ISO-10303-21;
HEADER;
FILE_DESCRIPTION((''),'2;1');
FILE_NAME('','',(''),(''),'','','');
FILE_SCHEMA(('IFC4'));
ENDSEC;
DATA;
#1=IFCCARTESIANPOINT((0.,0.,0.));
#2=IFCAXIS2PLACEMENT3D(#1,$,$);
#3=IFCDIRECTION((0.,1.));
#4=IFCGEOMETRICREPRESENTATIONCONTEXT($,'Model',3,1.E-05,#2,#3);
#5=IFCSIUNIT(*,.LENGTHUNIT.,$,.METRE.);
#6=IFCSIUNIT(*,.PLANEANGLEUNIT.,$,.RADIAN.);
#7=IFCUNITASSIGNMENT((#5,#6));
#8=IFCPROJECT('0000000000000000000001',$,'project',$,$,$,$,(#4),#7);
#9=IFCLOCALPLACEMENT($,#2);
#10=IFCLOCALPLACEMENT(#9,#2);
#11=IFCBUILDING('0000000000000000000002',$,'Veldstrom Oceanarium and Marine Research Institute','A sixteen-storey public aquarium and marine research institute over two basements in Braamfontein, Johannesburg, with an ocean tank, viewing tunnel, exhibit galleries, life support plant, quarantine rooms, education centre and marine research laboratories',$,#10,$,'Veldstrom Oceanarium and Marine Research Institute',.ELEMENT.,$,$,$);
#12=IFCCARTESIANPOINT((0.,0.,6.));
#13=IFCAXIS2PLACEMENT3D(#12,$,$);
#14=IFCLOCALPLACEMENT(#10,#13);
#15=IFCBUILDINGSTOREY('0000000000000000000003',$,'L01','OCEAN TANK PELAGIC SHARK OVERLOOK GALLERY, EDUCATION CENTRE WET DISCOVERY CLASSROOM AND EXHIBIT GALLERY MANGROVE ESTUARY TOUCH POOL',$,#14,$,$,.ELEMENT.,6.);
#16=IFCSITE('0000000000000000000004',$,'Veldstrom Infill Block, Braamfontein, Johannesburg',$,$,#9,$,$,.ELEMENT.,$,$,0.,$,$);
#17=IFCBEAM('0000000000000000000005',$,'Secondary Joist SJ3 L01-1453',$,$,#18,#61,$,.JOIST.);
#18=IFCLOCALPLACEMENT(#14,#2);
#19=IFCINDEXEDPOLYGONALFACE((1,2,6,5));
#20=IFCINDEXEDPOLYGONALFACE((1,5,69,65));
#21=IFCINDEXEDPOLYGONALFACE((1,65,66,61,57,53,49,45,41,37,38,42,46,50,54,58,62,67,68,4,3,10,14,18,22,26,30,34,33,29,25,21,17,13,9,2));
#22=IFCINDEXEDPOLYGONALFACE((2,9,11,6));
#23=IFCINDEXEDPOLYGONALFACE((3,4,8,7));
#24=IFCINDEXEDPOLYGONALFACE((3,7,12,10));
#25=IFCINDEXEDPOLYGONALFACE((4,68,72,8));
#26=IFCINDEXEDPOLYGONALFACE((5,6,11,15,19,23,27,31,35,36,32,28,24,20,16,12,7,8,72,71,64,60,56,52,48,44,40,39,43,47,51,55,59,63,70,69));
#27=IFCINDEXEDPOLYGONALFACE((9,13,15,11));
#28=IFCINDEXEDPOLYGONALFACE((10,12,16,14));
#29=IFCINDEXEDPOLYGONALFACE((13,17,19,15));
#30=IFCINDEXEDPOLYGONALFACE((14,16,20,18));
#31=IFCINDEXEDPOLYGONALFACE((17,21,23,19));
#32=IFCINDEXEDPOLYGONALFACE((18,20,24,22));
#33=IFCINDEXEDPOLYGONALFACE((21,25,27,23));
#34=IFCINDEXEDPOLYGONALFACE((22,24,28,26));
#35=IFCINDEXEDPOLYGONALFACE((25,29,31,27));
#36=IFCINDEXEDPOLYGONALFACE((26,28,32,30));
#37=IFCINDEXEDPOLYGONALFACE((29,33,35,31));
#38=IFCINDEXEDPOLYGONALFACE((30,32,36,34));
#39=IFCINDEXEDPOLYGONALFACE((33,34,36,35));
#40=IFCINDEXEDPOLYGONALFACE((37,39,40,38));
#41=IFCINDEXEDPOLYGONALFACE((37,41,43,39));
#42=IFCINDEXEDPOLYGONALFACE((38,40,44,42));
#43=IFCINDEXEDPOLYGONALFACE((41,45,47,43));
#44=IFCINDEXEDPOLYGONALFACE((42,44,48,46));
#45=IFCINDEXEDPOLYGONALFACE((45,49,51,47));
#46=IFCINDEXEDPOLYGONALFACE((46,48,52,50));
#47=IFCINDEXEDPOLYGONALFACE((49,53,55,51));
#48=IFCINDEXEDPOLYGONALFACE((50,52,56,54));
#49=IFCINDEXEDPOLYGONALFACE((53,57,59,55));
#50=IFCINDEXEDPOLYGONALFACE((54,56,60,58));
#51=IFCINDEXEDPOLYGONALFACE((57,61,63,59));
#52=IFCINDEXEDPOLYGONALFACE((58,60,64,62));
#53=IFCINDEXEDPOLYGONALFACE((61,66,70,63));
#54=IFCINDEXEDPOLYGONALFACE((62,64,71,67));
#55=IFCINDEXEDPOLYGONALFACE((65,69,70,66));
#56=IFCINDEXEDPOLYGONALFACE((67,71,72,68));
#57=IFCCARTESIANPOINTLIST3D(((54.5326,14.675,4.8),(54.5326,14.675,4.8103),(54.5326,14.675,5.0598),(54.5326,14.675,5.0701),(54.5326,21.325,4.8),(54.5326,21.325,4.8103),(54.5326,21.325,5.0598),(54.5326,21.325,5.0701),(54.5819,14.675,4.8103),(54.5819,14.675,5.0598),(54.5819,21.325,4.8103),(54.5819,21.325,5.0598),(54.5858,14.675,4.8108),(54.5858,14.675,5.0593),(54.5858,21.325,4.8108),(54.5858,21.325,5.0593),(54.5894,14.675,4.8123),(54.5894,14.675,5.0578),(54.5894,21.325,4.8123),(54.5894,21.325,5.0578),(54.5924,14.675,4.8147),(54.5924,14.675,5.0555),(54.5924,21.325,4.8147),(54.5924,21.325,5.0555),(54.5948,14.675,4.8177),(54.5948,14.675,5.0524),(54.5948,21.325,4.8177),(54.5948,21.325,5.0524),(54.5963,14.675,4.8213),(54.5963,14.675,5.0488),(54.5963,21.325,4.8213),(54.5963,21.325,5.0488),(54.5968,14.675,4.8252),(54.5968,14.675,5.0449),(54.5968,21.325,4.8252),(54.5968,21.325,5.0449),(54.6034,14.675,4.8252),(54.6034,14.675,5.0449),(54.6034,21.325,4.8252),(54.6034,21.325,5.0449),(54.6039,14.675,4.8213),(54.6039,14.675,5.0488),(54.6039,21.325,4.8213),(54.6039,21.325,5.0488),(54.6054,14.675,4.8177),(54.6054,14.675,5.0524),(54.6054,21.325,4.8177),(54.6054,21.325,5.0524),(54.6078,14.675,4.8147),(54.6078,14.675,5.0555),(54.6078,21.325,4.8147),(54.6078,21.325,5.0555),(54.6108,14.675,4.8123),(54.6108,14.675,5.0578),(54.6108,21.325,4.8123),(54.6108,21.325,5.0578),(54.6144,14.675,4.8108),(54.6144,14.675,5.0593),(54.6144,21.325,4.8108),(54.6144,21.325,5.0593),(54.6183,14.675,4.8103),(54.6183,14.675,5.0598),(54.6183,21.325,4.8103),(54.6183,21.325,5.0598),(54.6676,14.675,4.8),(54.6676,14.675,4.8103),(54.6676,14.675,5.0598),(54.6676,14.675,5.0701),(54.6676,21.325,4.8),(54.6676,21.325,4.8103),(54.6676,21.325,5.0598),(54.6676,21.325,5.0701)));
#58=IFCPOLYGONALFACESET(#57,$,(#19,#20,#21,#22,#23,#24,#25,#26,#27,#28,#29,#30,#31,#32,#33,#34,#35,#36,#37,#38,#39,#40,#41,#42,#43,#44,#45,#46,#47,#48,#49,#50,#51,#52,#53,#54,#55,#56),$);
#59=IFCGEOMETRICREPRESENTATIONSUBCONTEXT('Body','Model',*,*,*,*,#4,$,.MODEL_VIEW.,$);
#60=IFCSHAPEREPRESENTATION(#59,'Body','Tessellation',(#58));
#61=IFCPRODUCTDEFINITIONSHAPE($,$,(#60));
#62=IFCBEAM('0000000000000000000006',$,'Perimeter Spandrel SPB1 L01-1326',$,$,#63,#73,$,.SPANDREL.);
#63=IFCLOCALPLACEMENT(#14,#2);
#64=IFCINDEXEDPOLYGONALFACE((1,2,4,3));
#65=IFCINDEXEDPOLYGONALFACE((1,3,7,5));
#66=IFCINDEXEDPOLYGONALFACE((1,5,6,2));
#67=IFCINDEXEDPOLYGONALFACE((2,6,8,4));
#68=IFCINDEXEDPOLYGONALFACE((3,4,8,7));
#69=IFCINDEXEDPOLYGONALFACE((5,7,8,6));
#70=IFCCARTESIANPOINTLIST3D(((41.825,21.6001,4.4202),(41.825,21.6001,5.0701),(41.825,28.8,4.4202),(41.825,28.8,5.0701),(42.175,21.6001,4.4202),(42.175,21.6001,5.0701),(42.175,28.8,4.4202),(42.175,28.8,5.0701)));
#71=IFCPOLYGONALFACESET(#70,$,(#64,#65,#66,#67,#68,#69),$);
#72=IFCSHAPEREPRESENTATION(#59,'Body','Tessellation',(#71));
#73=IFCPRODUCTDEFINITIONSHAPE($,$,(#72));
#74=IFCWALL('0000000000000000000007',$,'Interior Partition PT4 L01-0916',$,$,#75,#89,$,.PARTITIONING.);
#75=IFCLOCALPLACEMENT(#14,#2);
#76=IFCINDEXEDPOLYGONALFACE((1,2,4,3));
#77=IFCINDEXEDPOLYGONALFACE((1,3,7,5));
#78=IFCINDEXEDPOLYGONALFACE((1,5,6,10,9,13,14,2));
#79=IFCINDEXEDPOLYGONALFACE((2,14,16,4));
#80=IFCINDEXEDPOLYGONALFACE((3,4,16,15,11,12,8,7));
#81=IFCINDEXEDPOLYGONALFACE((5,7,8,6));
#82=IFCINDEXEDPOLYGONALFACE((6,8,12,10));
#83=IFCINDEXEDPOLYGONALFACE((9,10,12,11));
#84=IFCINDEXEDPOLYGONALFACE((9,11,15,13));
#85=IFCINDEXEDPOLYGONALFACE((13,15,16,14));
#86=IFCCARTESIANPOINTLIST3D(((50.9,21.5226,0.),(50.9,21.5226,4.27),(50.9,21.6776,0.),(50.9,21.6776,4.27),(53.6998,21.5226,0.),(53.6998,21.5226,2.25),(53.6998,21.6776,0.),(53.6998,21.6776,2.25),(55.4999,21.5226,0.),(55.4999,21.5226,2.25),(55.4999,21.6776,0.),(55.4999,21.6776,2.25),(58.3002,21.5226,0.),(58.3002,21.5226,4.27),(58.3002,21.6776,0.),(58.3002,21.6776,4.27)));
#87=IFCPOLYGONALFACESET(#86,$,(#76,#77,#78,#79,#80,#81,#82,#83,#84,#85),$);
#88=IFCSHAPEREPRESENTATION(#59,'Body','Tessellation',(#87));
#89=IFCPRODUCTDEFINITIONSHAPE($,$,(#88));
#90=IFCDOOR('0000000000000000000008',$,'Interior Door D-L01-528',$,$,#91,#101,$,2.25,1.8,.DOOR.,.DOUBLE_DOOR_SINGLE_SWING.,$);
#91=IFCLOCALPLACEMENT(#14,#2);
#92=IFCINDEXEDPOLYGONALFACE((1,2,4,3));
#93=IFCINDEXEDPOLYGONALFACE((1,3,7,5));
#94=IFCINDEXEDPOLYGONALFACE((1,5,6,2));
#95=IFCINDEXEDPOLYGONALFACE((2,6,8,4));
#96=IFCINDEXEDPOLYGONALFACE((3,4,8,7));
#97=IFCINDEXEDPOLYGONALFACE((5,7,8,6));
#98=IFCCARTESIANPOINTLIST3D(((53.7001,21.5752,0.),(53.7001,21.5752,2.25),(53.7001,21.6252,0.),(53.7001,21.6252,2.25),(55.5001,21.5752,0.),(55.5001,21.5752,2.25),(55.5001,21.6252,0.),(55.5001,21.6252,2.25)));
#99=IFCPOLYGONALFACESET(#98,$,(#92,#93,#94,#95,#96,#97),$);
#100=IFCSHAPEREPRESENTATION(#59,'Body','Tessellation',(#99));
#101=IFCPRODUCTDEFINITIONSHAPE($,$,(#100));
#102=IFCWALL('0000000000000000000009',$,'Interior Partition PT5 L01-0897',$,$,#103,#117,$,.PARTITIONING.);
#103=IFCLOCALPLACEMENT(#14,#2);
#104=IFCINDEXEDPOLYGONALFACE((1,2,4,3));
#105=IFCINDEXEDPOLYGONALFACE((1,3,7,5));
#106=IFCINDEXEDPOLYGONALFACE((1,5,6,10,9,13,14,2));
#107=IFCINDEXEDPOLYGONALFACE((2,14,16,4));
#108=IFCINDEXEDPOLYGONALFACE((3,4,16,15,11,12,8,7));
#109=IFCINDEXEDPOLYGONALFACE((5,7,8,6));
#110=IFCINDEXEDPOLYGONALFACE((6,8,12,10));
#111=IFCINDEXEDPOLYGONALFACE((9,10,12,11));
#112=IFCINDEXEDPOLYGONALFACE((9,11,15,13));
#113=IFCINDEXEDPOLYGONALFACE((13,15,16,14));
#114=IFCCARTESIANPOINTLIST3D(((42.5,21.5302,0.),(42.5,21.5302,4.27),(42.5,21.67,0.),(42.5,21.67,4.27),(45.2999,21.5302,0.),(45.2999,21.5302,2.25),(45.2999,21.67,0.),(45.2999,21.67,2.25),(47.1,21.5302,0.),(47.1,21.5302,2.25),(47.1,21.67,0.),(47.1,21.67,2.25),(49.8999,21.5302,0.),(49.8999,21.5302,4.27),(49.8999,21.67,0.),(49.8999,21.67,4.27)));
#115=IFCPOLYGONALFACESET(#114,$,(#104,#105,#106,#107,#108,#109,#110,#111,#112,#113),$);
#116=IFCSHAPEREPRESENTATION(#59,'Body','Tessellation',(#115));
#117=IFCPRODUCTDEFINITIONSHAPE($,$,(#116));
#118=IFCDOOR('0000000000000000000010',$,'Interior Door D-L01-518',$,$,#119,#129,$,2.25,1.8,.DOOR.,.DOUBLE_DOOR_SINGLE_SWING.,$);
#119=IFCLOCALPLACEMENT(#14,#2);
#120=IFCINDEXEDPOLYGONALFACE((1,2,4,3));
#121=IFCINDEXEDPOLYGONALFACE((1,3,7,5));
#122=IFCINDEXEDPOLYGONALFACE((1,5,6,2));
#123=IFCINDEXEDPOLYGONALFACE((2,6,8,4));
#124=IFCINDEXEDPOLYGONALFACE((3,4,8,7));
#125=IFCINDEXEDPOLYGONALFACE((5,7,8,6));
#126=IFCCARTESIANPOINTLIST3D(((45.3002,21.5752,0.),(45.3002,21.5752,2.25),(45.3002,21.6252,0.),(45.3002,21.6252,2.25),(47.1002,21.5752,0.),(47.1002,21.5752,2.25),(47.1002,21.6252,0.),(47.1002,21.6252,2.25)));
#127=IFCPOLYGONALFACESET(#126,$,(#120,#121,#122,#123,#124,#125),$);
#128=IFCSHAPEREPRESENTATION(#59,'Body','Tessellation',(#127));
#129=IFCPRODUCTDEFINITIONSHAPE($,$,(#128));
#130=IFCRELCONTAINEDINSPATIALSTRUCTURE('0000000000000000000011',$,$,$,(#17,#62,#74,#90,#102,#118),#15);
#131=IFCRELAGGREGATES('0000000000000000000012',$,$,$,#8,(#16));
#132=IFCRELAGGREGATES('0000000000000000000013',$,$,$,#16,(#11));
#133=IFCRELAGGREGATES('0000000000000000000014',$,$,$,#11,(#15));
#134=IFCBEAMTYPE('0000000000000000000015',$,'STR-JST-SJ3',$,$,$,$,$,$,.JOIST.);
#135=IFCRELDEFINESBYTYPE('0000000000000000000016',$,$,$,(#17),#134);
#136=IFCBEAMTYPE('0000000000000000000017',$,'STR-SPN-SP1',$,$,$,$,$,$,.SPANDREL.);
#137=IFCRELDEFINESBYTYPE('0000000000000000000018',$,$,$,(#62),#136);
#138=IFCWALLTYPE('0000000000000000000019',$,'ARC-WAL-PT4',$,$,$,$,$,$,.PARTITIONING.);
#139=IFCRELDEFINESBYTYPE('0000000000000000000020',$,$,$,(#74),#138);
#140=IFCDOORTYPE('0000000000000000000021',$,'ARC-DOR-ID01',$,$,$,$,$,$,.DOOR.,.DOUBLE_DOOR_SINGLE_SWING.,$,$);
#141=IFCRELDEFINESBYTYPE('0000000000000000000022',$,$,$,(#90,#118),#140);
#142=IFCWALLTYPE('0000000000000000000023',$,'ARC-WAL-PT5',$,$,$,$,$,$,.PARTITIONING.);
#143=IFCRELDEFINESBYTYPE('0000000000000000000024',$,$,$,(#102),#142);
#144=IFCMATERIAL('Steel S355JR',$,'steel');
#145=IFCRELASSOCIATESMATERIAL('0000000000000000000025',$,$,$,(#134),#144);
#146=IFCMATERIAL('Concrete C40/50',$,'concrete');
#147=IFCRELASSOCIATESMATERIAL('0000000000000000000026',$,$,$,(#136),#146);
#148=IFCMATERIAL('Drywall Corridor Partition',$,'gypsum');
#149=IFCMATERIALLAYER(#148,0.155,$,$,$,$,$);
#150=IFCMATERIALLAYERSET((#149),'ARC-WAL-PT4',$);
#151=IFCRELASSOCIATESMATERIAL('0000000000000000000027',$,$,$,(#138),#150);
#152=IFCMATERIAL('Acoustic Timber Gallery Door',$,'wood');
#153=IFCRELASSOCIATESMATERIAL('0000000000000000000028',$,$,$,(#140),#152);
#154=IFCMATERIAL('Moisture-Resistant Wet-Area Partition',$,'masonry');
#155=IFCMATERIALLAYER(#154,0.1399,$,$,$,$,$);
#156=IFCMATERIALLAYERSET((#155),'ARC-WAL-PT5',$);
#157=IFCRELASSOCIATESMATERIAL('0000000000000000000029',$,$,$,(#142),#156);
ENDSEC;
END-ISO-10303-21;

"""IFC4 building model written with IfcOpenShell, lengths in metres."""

from ifc_helpers import new_model, si_unit, direction, frame, frame_2d, origin, origin_2d, place, context, subcontext, project, spatial, rectangle, i_section, extrude, material, layer, layer_set, material_profile, profile_set, type_object, element, fill, save


model = new_model("IFC4")

# Units and contexts
model_context = context("Model", 3, precision=1e-05, world=origin(), true_north=direction((0.0, 1.0)))
body_context = subcontext(model_context, "Body", "Model", "MODEL_VIEW")
ifc_project = project(units=[si_unit("LENGTHUNIT", "METRE"), si_unit("PLANEANGLEUNIT", "RADIAN")], contexts=[model_context])

# Site, building, storey
site_placement = place(None, origin())
site = spatial("IfcSite", under=ifc_project, at=site_placement, Name="Veldstrom Infill Block, Braamfontein, Johannesburg", CompositionType="ELEMENT", RefElevation=0.0)
building_placement = place(site_placement, origin())
building = spatial("IfcBuilding", under=site, at=building_placement, Name="Veldstrom Oceanarium and Marine Research Institute", Description="A sixteen-storey public aquarium and marine research institute over two basements in Braamfontein, Johannesburg, with an ocean tank, viewing tunnel, exhibit galleries, life support plant, quarantine rooms, education centre and marine research laboratories", LongName="Veldstrom Oceanarium and Marine Research Institute", CompositionType="ELEMENT")
storey_placement = place(building_placement, frame((0.0, 0.0, 6.0)))
storey = spatial("IfcBuildingStorey", under=building, at=storey_placement, Name="L01", Description="OCEAN TANK PELAGIC SHARK OVERLOOK GALLERY, EDUCATION CENTRE WET DISCOVERY CLASSROOM AND EXHIBIT GALLERY MANGROVE ESTUARY TOUCH POOL", CompositionType="ELEMENT", Elevation=6.0)

# Beams
ifc_material_1 = material(Name="Steel S355JR", Category="steel")
ifc_material_profile_1 = material_profile(ifc_material_1, i_section(OverallWidth=0.135, OverallDepth=0.27, WebThickness=0.0066, FlangeThickness=0.0103, FilletRadius=0.0149, at=origin_2d()), Name="IPE 270")
ifc_profile_set_1 = profile_set([ifc_material_profile_1], Name="Steel S355JR")
beam_type_1 = type_object("IfcBeamType", Name="STR-JST-SJ3", PredefinedType="JOIST", material=ifc_profile_set_1)
for number, where, z_axis, x_axis, name in (
    (1, (54.6001, 14.675, 4.9351), (0.0, 1.0, 0.0), (-1.0, 0.0, 0.0), "Secondary Joist SJ3 L01-1453"),
):
    element("IfcBeam", number, at=place(storey_placement, frame(where, z_axis=z_axis, x_axis=x_axis)), inside=storey, type_object=beam_type_1, Name=name, PredefinedType="JOIST", context=body_context, shape_type="SweptSolid", body=[
        extrude(i_section(OverallWidth=0.135, OverallDepth=0.27, WebThickness=0.0066, FlangeThickness=0.0103, FilletRadius=0.0149, at=origin_2d()), origin(), (0.0, 0.0, 1.0), 6.6499),
    ])
ifc_material_2 = material(Name="Concrete C40/50", Category="concrete")
ifc_material_profile_2 = material_profile(ifc_material_2, rectangle(XDim=0.3501, YDim=0.6499, at=origin_2d()), Name="RC-SPN-350x650")
ifc_profile_set_2 = profile_set([ifc_material_profile_2], Name="Concrete C40/50")
beam_type_2 = type_object("IfcBeamType", Name="STR-SPN-SP1", PredefinedType="SPANDREL", material=ifc_profile_set_2)
beam_1_placement = place(storey_placement, frame((42.0, 21.6001, 4.7451), z_axis=(0.0, 1.0, 0.0), x_axis=(-1.0, 0.0, 0.0)))
element("IfcBeam", 2, at=beam_1_placement, inside=storey, type_object=beam_type_2, Name="Perimeter Spandrel SPB1 L01-1326", PredefinedType="SPANDREL", context=body_context, shape_type="SweptSolid", body=[
    extrude(rectangle(XDim=0.3501, YDim=0.6499, at=origin_2d()), origin(), (0.0, 0.0, 1.0), 7.2),
])

# Walls, openings, doors
ifc_material_3 = material(Name="Drywall Corridor Partition", Category="gypsum")
ifc_layer_1 = layer(ifc_material_3, 0.155)
ifc_layer_set_1 = layer_set([ifc_layer_1], Name="ARC-WAL-PT4")
wall_type_1 = type_object("IfcWallType", Name="ARC-WAL-PT4", PredefinedType="PARTITIONING", material=ifc_layer_set_1)
wall_1_placement = place(storey_placement, frame((50.8999, 21.6001, 0.0), z_axis=(0.0, 0.0, 1.0), x_axis=(1.0, 0.0, 0.0)))
wall_1 = element("IfcWall", 3, at=wall_1_placement, inside=storey, type_object=wall_type_1, Name="Interior Partition PT4 L01-0916", PredefinedType="PARTITIONING", context=body_context, shape_type="SweptSolid", body=[
    extrude(rectangle(XDim=7.4001, YDim=0.155, at=frame_2d((3.7002, 0.0))), origin(), (0.0, 0.0, 1.0), 4.27),
])
opening_1_placement = place(wall_1_placement, frame((2.8, 0.0, 0.0)))
opening_1 = element("IfcOpeningElement", 4, at=opening_1_placement, cuts=wall_1, PredefinedType="OPENING", context=body_context, shape_type="SweptSolid", body=[
    extrude(rectangle(XDim=1.8, YDim=2.25, at=frame_2d((0.8999, 1.125))), frame((0.0, 0.0874, 0.0), z_axis=(0.0, -1.0, 0.0), x_axis=(1.0, 0.0, 0.0)), (0.0, 0.0, 1.0), 0.175),
])
ifc_material_4 = material(Name="Acoustic Timber Gallery Door", Category="wood")
door_type_1 = type_object("IfcDoorType", Name="ARC-DOR-ID01", OperationType="DOUBLE_DOOR_SINGLE_SWING", PredefinedType="DOOR", material=ifc_material_4)
door_1_placement = place(opening_1_placement, frame((1.8, 0.0, 0.0), z_axis=(0.0, 0.0, 1.0), x_axis=(-1.0, 0.0, 0.0)))
door_1 = element("IfcDoor", 5, at=door_1_placement, inside=storey, type_object=door_type_1, Name="Interior Door D-L01-528", OperationType="DOUBLE_DOOR_SINGLE_SWING", OverallHeight=2.25, OverallWidth=1.8, PredefinedType="DOOR", context=body_context, shape_type="SweptSolid", body=[
    extrude(rectangle(XDim=1.8, YDim=2.25, at=frame_2d((0.8999, 1.125))), frame((0.0, 0.0249, 0.0), z_axis=(0.0, -1.0, 0.0), x_axis=(1.0, 0.0, 0.0)), (0.0, 0.0, 1.0), 0.05),
])
fill(opening_1, door_1)
ifc_material_5 = material(Name="Moisture-Resistant Wet-Area Partition", Category="masonry")
ifc_layer_2 = layer(ifc_material_5, 0.1399)
ifc_layer_set_2 = layer_set([ifc_layer_2], Name="ARC-WAL-PT5")
wall_type_2 = type_object("IfcWallType", Name="ARC-WAL-PT5", PredefinedType="PARTITIONING", material=ifc_layer_set_2)
wall_2_placement = place(storey_placement, frame((42.5, 21.6001, 0.0), z_axis=(0.0, 0.0, 1.0), x_axis=(1.0, 0.0, 0.0)))
wall_2 = element("IfcWall", 6, at=wall_2_placement, inside=storey, type_object=wall_type_2, Name="Interior Partition PT5 L01-0897", PredefinedType="PARTITIONING", context=body_context, shape_type="SweptSolid", body=[
    extrude(rectangle(XDim=7.3999, YDim=0.1399, at=frame_2d((3.7, 0.0))), origin(), (0.0, 0.0, 1.0), 4.27),
])
opening_2_placement = place(wall_2_placement, frame((2.8, 0.0, 0.0)))
opening_2 = element("IfcOpeningElement", 7, at=opening_2_placement, cuts=wall_2, PredefinedType="OPENING", context=body_context, shape_type="SweptSolid", body=[
    extrude(rectangle(XDim=1.8, YDim=2.25, at=frame_2d((0.8999, 1.125))), frame((0.0, 0.0798, 0.0), z_axis=(0.0, -1.0, 0.0), x_axis=(1.0, 0.0, 0.0)), (0.0, 0.0, 1.0), 0.1599),
])
door_2_placement = place(opening_2_placement, frame((1.8, 0.0, 0.0), z_axis=(0.0, 0.0, 1.0), x_axis=(-1.0, 0.0, 0.0)))
door_2 = element("IfcDoor", 8, at=door_2_placement, inside=storey, type_object=door_type_1, Name="Interior Door D-L01-518", OperationType="DOUBLE_DOOR_SINGLE_SWING", OverallHeight=2.25, OverallWidth=1.8, PredefinedType="DOOR", context=body_context, shape_type="SweptSolid", body=[
    extrude(rectangle(XDim=1.8, YDim=2.25, at=frame_2d((0.8999, 1.125))), frame((0.0, 0.0249, 0.0), z_axis=(0.0, -1.0, 0.0), x_axis=(1.0, 0.0, 0.0)), (0.0, 0.0, 1.0), 0.05),
])
fill(opening_2, door_2)

save(model, "model.ifc")
